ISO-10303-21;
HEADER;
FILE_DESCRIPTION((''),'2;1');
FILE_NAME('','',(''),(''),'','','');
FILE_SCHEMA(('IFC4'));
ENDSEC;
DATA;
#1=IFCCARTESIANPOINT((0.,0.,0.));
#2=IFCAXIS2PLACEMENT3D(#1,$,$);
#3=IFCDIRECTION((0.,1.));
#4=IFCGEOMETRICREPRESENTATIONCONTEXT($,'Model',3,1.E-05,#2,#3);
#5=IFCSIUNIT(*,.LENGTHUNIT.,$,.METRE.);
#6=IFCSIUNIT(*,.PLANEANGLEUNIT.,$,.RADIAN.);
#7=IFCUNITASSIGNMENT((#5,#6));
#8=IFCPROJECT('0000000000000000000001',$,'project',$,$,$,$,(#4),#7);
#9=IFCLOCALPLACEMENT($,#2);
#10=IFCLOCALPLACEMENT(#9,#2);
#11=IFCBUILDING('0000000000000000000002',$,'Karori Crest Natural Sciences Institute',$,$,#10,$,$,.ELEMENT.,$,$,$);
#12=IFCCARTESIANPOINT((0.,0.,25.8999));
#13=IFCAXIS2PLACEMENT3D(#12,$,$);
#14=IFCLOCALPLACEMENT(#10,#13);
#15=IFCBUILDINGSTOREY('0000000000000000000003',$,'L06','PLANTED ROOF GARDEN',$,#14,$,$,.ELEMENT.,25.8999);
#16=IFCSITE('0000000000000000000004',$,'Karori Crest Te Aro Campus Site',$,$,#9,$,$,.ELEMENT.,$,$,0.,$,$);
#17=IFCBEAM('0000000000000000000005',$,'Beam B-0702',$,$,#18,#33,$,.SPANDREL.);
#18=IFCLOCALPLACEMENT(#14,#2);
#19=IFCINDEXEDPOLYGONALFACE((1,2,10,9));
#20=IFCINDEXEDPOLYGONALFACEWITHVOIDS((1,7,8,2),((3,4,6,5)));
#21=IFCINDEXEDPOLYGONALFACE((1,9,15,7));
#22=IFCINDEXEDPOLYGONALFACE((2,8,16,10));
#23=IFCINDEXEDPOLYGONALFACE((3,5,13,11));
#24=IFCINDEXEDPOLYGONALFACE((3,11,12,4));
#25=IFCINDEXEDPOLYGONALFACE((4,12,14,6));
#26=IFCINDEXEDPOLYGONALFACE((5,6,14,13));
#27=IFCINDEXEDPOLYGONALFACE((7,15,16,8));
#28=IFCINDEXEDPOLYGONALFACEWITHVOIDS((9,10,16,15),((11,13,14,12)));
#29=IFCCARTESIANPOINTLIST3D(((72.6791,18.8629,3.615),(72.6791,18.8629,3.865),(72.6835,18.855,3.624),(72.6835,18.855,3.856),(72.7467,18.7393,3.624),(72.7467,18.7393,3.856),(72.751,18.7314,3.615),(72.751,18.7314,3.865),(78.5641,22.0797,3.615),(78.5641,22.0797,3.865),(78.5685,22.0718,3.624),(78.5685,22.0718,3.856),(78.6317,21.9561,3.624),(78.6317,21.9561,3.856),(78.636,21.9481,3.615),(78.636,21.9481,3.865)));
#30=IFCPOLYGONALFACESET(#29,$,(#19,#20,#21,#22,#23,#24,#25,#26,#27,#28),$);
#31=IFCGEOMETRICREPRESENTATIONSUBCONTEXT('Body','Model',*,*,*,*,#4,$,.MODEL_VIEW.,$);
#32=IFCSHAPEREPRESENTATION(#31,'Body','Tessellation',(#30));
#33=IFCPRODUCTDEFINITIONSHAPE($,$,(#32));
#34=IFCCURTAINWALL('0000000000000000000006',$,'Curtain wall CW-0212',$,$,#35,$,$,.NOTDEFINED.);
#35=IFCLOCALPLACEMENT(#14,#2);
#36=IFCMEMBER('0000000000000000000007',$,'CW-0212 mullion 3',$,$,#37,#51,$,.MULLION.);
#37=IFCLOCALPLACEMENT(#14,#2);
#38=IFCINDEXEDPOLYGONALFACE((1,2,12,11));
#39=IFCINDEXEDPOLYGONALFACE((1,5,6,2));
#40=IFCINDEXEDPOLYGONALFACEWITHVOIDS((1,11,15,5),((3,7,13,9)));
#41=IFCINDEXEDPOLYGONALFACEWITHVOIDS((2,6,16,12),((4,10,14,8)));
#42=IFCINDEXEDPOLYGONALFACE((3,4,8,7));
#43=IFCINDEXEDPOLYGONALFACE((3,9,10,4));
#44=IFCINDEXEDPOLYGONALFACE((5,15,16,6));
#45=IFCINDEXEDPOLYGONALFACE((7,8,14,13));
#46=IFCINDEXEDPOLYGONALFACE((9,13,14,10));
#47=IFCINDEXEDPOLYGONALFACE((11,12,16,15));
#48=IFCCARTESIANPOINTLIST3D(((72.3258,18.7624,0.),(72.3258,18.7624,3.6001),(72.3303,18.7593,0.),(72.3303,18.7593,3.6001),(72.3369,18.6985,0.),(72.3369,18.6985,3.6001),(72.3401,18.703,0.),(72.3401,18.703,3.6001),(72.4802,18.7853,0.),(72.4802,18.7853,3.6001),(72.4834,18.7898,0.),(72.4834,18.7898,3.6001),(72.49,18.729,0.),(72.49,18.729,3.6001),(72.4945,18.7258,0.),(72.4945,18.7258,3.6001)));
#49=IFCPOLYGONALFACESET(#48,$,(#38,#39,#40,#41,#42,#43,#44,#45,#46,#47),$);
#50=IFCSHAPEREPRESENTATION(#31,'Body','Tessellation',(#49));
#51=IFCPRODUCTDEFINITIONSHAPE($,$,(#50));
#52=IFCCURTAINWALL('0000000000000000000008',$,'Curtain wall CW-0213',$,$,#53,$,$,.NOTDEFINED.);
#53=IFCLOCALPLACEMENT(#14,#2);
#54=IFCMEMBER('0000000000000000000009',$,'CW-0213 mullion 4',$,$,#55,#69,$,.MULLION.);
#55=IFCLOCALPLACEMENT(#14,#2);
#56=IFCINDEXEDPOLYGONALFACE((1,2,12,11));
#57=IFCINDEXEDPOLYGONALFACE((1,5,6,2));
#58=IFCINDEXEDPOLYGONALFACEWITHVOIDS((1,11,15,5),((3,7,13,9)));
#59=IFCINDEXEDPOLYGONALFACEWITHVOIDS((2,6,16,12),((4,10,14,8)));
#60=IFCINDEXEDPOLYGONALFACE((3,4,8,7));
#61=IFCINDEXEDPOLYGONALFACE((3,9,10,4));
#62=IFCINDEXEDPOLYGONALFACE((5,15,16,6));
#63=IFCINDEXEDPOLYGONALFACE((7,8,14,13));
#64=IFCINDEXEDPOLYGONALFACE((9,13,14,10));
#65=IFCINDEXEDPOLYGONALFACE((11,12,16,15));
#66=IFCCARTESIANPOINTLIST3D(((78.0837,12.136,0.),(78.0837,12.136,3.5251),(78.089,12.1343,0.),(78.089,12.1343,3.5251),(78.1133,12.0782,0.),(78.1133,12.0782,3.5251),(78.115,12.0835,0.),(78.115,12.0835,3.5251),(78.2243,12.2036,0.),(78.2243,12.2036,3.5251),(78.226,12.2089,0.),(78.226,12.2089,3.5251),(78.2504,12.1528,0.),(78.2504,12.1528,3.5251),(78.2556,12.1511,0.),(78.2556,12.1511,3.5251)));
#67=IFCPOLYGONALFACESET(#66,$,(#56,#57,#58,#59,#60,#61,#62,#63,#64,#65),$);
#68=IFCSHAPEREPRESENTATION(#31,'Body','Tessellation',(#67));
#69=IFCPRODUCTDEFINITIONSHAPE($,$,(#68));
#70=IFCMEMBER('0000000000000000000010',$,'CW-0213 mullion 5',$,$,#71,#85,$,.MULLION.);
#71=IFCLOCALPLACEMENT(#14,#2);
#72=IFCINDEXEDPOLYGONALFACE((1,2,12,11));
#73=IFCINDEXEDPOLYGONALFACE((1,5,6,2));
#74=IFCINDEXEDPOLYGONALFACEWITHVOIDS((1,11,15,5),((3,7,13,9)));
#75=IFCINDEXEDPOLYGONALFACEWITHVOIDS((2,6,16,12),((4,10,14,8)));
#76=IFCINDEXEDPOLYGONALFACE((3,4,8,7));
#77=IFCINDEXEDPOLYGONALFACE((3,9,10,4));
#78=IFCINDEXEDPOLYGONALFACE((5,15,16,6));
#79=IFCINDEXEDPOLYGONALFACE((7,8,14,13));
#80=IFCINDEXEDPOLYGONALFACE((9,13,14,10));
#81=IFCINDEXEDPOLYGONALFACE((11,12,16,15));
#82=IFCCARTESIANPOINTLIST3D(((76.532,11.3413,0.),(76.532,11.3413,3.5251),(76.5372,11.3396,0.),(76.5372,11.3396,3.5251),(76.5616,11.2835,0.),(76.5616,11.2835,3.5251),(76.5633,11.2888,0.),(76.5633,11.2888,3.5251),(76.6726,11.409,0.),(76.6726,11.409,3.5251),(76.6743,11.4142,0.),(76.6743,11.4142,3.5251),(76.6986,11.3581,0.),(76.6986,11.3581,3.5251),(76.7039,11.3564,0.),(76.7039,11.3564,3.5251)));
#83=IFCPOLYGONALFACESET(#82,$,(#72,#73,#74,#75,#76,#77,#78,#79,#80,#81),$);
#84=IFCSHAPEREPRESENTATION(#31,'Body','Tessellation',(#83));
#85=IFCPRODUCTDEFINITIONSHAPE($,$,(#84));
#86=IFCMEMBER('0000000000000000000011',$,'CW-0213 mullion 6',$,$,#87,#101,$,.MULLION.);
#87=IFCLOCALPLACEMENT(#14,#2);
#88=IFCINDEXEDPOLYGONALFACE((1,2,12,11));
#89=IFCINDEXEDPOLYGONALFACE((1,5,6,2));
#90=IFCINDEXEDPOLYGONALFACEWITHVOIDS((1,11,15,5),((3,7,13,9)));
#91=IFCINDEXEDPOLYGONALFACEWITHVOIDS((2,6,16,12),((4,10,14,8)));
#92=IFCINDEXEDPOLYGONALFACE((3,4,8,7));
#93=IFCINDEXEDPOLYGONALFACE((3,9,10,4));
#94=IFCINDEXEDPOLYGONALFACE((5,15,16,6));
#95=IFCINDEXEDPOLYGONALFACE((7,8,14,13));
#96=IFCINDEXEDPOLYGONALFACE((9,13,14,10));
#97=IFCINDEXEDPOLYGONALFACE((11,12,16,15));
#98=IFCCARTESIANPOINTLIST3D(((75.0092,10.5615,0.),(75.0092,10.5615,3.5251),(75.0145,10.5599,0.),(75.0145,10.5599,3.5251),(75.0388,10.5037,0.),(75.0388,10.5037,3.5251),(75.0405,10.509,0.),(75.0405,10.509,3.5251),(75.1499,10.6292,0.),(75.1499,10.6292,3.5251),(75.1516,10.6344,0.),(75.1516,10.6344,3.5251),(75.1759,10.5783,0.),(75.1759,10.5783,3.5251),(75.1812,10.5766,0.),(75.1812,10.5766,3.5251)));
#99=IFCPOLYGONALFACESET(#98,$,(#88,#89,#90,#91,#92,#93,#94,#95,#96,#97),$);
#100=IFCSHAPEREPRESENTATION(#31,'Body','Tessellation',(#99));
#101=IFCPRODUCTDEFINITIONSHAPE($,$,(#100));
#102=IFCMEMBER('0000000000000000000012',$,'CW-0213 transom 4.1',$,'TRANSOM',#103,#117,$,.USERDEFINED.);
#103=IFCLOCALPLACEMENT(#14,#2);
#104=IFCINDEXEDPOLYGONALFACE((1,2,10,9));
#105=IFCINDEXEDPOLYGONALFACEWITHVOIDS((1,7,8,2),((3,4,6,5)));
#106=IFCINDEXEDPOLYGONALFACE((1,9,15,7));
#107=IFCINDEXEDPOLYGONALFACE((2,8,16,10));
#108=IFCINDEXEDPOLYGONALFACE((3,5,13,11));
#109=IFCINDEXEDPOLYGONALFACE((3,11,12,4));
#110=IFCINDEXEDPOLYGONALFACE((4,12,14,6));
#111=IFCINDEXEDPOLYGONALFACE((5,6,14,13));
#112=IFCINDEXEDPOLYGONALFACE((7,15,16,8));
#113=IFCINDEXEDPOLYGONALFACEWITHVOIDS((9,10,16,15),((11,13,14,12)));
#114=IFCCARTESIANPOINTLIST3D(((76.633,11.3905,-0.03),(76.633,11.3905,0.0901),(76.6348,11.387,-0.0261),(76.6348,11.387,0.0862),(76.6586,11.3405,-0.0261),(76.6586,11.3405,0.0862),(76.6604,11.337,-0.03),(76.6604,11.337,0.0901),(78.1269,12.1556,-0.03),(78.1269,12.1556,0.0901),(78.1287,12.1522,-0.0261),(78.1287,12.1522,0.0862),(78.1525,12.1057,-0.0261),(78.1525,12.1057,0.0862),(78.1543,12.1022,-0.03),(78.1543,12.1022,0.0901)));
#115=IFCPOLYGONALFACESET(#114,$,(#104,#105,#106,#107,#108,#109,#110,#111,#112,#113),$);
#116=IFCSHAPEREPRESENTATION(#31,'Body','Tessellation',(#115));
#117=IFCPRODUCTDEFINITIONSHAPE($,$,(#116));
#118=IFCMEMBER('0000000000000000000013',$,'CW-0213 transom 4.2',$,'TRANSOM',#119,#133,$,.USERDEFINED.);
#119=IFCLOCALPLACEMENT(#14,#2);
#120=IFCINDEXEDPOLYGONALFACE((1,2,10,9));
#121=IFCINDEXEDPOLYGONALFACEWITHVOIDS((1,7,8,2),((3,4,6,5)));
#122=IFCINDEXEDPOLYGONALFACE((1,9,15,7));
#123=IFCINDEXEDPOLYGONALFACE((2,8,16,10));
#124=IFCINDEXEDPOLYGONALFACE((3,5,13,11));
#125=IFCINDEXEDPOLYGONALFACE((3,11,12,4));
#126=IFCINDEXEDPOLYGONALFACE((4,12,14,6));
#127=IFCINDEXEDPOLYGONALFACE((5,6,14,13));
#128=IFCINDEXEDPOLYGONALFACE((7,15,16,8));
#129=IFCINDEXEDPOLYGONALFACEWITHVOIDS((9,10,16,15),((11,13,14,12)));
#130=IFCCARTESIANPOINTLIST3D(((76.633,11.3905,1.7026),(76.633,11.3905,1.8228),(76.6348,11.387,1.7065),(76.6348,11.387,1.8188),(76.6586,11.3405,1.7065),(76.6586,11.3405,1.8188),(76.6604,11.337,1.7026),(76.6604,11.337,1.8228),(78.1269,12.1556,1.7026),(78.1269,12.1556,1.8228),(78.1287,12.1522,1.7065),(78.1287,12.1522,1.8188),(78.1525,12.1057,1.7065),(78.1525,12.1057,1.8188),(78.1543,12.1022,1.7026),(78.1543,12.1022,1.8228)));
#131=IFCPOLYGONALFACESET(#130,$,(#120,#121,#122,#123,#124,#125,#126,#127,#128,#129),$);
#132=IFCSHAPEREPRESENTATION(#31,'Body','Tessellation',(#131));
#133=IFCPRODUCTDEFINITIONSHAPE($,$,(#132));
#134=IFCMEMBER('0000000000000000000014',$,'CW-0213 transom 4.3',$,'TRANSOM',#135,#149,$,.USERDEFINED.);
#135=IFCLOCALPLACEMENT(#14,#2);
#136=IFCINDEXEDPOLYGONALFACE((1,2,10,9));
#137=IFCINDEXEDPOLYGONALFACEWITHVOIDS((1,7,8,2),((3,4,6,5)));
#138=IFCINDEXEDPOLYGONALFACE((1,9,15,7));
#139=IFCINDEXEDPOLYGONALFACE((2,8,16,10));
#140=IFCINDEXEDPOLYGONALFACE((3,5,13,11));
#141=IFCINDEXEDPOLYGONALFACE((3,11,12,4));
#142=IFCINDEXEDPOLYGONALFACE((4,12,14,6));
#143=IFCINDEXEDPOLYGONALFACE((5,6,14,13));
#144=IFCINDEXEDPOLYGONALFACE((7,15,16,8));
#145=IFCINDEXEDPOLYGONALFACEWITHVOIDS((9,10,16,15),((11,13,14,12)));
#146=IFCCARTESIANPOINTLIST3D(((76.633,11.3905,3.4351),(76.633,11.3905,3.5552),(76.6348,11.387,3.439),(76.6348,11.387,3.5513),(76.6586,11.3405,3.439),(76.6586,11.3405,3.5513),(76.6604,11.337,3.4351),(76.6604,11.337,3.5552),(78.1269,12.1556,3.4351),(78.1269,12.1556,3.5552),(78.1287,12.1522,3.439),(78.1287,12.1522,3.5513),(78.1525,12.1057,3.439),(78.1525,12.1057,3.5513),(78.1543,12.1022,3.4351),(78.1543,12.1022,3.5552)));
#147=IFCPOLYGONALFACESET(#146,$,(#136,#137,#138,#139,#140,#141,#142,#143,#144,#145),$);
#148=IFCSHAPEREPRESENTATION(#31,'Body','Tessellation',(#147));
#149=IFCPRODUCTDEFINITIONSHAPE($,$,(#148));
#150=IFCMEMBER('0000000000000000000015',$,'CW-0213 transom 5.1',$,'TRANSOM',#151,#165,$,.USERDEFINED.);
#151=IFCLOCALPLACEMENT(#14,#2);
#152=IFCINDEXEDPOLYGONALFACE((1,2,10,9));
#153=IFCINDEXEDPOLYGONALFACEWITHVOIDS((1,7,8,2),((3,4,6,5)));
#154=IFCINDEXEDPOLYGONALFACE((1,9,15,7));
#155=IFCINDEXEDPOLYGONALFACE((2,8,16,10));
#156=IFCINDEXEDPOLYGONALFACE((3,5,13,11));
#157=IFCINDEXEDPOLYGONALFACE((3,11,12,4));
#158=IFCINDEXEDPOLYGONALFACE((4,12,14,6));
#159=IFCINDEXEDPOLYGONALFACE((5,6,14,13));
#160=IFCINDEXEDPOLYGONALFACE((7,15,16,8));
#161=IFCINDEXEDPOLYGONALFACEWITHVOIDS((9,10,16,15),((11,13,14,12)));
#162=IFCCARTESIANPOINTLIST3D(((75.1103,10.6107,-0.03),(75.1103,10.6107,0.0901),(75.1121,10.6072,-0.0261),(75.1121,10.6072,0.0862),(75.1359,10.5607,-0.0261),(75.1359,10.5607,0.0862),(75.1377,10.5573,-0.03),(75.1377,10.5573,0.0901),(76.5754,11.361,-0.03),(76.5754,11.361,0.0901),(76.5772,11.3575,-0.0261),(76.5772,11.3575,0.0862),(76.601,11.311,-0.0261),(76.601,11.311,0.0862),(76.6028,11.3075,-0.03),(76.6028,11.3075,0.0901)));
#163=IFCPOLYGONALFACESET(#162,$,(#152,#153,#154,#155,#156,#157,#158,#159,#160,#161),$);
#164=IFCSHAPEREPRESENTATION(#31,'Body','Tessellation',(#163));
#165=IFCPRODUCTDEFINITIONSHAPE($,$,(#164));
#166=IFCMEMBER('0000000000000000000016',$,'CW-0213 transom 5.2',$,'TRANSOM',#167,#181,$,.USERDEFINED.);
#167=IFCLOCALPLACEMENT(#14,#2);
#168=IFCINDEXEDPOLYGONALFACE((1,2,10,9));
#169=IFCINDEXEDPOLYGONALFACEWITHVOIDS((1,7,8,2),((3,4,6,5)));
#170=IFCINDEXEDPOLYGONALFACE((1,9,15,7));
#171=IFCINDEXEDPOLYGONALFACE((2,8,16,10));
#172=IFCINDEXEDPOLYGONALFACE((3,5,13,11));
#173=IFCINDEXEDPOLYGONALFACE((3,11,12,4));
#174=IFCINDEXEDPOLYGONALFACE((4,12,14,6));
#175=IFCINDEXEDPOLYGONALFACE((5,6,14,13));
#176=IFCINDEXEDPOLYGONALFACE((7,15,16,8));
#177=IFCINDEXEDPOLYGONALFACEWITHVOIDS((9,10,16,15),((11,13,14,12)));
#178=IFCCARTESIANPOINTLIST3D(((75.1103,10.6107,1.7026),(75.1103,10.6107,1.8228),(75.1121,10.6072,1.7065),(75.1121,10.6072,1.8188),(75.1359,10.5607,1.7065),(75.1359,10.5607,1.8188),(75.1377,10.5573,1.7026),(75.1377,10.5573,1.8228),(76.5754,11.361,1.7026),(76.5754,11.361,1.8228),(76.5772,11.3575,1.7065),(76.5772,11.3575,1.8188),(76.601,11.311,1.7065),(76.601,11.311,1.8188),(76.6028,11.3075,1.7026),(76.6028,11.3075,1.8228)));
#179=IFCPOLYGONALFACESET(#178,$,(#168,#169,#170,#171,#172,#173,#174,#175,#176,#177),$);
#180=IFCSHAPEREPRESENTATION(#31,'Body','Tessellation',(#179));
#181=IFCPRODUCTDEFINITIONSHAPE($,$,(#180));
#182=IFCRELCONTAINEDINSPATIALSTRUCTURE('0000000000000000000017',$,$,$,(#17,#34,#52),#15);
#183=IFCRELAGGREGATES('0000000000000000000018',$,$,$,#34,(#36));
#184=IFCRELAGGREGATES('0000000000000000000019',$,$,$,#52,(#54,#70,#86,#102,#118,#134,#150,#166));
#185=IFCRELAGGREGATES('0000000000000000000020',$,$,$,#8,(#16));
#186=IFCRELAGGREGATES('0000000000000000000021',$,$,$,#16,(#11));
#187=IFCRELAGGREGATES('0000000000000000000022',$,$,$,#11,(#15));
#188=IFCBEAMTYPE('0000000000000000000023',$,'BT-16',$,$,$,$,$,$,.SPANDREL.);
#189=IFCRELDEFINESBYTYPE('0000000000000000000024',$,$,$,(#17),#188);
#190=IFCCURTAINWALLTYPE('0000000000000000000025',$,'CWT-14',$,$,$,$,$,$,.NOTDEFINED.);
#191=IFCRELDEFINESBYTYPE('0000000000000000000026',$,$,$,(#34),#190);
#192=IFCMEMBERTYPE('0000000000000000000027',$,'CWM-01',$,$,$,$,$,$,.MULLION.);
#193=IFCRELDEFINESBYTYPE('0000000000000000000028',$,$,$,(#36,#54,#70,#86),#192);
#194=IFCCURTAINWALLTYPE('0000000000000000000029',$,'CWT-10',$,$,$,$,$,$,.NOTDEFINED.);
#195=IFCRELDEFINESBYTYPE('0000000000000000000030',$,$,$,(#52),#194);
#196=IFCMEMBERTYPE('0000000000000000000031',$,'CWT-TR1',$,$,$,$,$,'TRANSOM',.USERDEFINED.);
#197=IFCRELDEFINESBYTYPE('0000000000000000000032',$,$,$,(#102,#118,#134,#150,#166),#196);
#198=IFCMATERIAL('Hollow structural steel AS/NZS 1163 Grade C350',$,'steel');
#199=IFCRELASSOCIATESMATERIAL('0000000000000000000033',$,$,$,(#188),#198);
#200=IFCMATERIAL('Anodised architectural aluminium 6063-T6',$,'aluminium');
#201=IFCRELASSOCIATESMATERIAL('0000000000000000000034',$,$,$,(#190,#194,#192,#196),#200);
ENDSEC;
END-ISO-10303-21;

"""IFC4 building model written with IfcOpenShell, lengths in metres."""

from ifc_helpers import new_model, si_unit, direction, frame, origin, origin_2d, place, context, subcontext, project, spatial, hollow_rectangle, extrude, material, material_profile, profile_set, type_object, element, aggregate, save


model = new_model("IFC4")

# Units and contexts
model_context = context("Model", 3, precision=1e-05, world=origin(), true_north=direction((0.0, 1.0)))
body_context = subcontext(model_context, "Body", "Model", "MODEL_VIEW")
ifc_project = project(units=[si_unit("LENGTHUNIT", "METRE"), si_unit("PLANEANGLEUNIT", "RADIAN")], contexts=[model_context])

# Site, building, storey
site_placement = place(None, origin())
site = spatial("IfcSite", under=ifc_project, at=site_placement, Name="Karori Crest Te Aro Campus Site", CompositionType="ELEMENT", RefElevation=0.0)
building_placement = place(site_placement, origin())
building = spatial("IfcBuilding", under=site, at=building_placement, Name="Karori Crest Natural Sciences Institute", CompositionType="ELEMENT")
storey_placement = place(building_placement, frame((0.0, 0.0, 25.8999)))
storey = spatial("IfcBuildingStorey", under=building, at=storey_placement, Name="L06", Description="PLANTED ROOF GARDEN", CompositionType="ELEMENT", Elevation=25.8999)

# Beam
ifc_material_1 = material(Name="Hollow structural steel AS/NZS 1163 Grade C350", Category="steel")
ifc_material_profile_1 = material_profile(ifc_material_1, hollow_rectangle(XDim=0.1499, YDim=0.25, WallThickness=0.009, at=origin_2d()), Name="RHS250x150x9")
ifc_profile_set_1 = profile_set([ifc_material_profile_1], Name="Hollow structural steel AS/NZS 1163 Grade C350")
beam_type_1 = type_object("IfcBeamType", Name="BT-16", PredefinedType="SPANDREL", material=ifc_profile_set_1)
beam_1_placement = place(storey_placement, frame((72.7151, 18.7971, 3.74), z_axis=(0.87747, 0.479632, 0.0), x_axis=(-0.479632, 0.87747, 0.0)))
element("IfcBeam", 1, at=beam_1_placement, inside=storey, type_object=beam_type_1, Name="Beam B-0702", PredefinedType="SPANDREL", context=body_context, shape_type="SweptSolid", body=[
    extrude(hollow_rectangle(XDim=0.1499, YDim=0.25, WallThickness=0.009, at=origin_2d()), origin(), (0.0, 0.0, 1.0), 6.7068),
])

# Curtain wall, member
ifc_material_2 = material(Name="Anodised architectural aluminium 6063-T6", Category="aluminium")
curtain_wall_type_1 = type_object("IfcCurtainWallType", Name="CWT-14", PredefinedType="NOTDEFINED", material=ifc_material_2)
curtain_wall_1_placement = place(storey_placement, origin())
curtain_wall_1 = element("IfcCurtainWall", 2, at=curtain_wall_1_placement, inside=storey, type_object=curtain_wall_type_1, Name="Curtain wall CW-0212", PredefinedType="NOTDEFINED")
ifc_material_profile_2 = material_profile(ifc_material_2, hollow_rectangle(XDim=0.0649, YDim=0.1599, WallThickness=0.0039, at=origin_2d()), Name="CWM160x65x4")
ifc_profile_set_2 = profile_set([ifc_material_profile_2], Name="Anodised architectural aluminium 6063-T6")
member_type_1 = type_object("IfcMemberType", Name="CWM-01", PredefinedType="MULLION", material=ifc_profile_set_2)
member_1_placement = place(storey_placement, frame((72.4102, 18.7441, 0.0), z_axis=(0.0, 0.0, 1.0), x_axis=(-0.171174, 0.985241, 0.0)))
member_1 = element("IfcMember", 3, at=member_1_placement, type_object=member_type_1, Name="CW-0212 mullion 3", PredefinedType="MULLION", context=body_context, shape_type="SweptSolid", body=[
    extrude(hollow_rectangle(XDim=0.0649, YDim=0.1599, WallThickness=0.0039, at=origin_2d()), origin(), (0.0, 0.0, 1.0), 3.6001),
])

# Curtain wall, members
curtain_wall_type_2 = type_object("IfcCurtainWallType", Name="CWT-10", PredefinedType="NOTDEFINED", material=ifc_material_2)
curtain_wall_2_placement = place(storey_placement, origin())
curtain_wall_2 = element("IfcCurtainWall", 4, at=curtain_wall_2_placement, inside=storey, type_object=curtain_wall_type_2, Name="Curtain wall CW-0213", PredefinedType="NOTDEFINED")
member_2_placement = place(storey_placement, frame((78.1697, 12.1436, 0.0), z_axis=(0.0, 0.0, 1.0), x_axis=(0.455829, -0.890067, 0.0)))
member_2 = element("IfcMember", 5, at=member_2_placement, type_object=member_type_1, Name="CW-0213 mullion 4", PredefinedType="MULLION", context=body_context, shape_type="SweptSolid", body=[
    extrude(hollow_rectangle(XDim=0.0649, YDim=0.1599, WallThickness=0.0039, at=origin_2d()), origin(), (0.0, 0.0, 1.0), 3.5251),
])
member_3_placement = place(storey_placement, frame((76.6179, 11.3489, 0.0), z_axis=(0.0, 0.0, 1.0), x_axis=(0.455829, -0.890067, 0.0)))
member_3 = element("IfcMember", 6, at=member_3_placement, type_object=member_type_1, Name="CW-0213 mullion 5", PredefinedType="MULLION", context=body_context, shape_type="SweptSolid", body=[
    extrude(hollow_rectangle(XDim=0.0649, YDim=0.1599, WallThickness=0.0039, at=origin_2d()), origin(), (0.0, 0.0, 1.0), 3.5251),
])
member_4_placement = place(storey_placement, frame((75.0952, 10.5691, 0.0), z_axis=(0.0, 0.0, 1.0), x_axis=(0.455829, -0.890067, 0.0)))
member_4 = element("IfcMember", 7, at=member_4_placement, type_object=member_type_1, Name="CW-0213 mullion 6", PredefinedType="MULLION", context=body_context, shape_type="SweptSolid", body=[
    extrude(hollow_rectangle(XDim=0.0649, YDim=0.1599, WallThickness=0.0039, at=origin_2d()), origin(), (0.0, 0.0, 1.0), 3.5251),
])
ifc_material_profile_3 = material_profile(ifc_material_2, hollow_rectangle(XDim=0.0601, YDim=0.1201, WallThickness=0.0039, at=origin_2d()), Name="CWT120x60x4")
ifc_profile_set_3 = profile_set([ifc_material_profile_3], Name="Anodised architectural aluminium 6063-T6")
member_type_2 = type_object("IfcMemberType", Name="CWT-TR1", ElementType="TRANSOM", PredefinedType="USERDEFINED", material=ifc_profile_set_3)
member_5_placement = place(storey_placement, frame((78.1406, 12.1289, 0.03), z_axis=(-0.890051, -0.455862, 0.0), x_axis=(0.455862, -0.890051, 0.0)))
member_5 = element("IfcMember", 8, at=member_5_placement, type_object=member_type_2, Name="CW-0213 transom 4.1", ObjectType="TRANSOM", PredefinedType="USERDEFINED", context=body_context, shape_type="SweptSolid", body=[
    extrude(hollow_rectangle(XDim=0.0601, YDim=0.1201, WallThickness=0.0039, at=origin_2d()), origin(), (0.0, 0.0, 1.0), 1.6785),
])
member_6_placement = place(storey_placement, frame((78.1406, 12.1289, 1.7627), z_axis=(-0.890051, -0.455862, 0.0), x_axis=(0.455862, -0.890051, 0.0)))
member_6 = element("IfcMember", 9, at=member_6_placement, type_object=member_type_2, Name="CW-0213 transom 4.2", ObjectType="TRANSOM", PredefinedType="USERDEFINED", context=body_context, shape_type="SweptSolid", body=[
    extrude(hollow_rectangle(XDim=0.0601, YDim=0.1201, WallThickness=0.0039, at=origin_2d()), origin(), (0.0, 0.0, 1.0), 1.6785),
])
member_7_placement = place(storey_placement, frame((78.1406, 12.1289, 3.4951), z_axis=(-0.890051, -0.455862, 0.0), x_axis=(0.455862, -0.890051, 0.0)))
member_7 = element("IfcMember", 10, at=member_7_placement, type_object=member_type_2, Name="CW-0213 transom 4.3", ObjectType="TRANSOM", PredefinedType="USERDEFINED", context=body_context, shape_type="SweptSolid", body=[
    extrude(hollow_rectangle(XDim=0.0601, YDim=0.1201, WallThickness=0.0039, at=origin_2d()), origin(), (0.0, 0.0, 1.0), 1.6785),
])
member_8_placement = place(storey_placement, frame((76.5891, 11.3342, 0.03), z_axis=(-0.890084, -0.455796, 0.0), x_axis=(0.455796, -0.890084, 0.0)))
member_8 = element("IfcMember", 11, at=member_8_placement, type_object=member_type_2, Name="CW-0213 transom 5.1", ObjectType="TRANSOM", PredefinedType="USERDEFINED", context=body_context, shape_type="SweptSolid", body=[
    extrude(hollow_rectangle(XDim=0.0601, YDim=0.1201, WallThickness=0.0039, at=origin_2d()), origin(), (0.0, 0.0, 1.0), 1.646),
])
member_9_placement = place(storey_placement, frame((76.5891, 11.3342, 1.7627), z_axis=(-0.890084, -0.455796, 0.0), x_axis=(0.455796, -0.890084, 0.0)))
member_9 = element("IfcMember", 12, at=member_9_placement, type_object=member_type_2, Name="CW-0213 transom 5.2", ObjectType="TRANSOM", PredefinedType="USERDEFINED", context=body_context, shape_type="SweptSolid", body=[
    extrude(hollow_rectangle(XDim=0.0601, YDim=0.1201, WallThickness=0.0039, at=origin_2d()), origin(), (0.0, 0.0, 1.0), 1.646),
])

aggregate(curtain_wall_1, [member_1])
aggregate(curtain_wall_2, [member_2, member_3, member_4, member_5, member_6, member_7, member_8, member_9])

save(model, "model.ifc")
